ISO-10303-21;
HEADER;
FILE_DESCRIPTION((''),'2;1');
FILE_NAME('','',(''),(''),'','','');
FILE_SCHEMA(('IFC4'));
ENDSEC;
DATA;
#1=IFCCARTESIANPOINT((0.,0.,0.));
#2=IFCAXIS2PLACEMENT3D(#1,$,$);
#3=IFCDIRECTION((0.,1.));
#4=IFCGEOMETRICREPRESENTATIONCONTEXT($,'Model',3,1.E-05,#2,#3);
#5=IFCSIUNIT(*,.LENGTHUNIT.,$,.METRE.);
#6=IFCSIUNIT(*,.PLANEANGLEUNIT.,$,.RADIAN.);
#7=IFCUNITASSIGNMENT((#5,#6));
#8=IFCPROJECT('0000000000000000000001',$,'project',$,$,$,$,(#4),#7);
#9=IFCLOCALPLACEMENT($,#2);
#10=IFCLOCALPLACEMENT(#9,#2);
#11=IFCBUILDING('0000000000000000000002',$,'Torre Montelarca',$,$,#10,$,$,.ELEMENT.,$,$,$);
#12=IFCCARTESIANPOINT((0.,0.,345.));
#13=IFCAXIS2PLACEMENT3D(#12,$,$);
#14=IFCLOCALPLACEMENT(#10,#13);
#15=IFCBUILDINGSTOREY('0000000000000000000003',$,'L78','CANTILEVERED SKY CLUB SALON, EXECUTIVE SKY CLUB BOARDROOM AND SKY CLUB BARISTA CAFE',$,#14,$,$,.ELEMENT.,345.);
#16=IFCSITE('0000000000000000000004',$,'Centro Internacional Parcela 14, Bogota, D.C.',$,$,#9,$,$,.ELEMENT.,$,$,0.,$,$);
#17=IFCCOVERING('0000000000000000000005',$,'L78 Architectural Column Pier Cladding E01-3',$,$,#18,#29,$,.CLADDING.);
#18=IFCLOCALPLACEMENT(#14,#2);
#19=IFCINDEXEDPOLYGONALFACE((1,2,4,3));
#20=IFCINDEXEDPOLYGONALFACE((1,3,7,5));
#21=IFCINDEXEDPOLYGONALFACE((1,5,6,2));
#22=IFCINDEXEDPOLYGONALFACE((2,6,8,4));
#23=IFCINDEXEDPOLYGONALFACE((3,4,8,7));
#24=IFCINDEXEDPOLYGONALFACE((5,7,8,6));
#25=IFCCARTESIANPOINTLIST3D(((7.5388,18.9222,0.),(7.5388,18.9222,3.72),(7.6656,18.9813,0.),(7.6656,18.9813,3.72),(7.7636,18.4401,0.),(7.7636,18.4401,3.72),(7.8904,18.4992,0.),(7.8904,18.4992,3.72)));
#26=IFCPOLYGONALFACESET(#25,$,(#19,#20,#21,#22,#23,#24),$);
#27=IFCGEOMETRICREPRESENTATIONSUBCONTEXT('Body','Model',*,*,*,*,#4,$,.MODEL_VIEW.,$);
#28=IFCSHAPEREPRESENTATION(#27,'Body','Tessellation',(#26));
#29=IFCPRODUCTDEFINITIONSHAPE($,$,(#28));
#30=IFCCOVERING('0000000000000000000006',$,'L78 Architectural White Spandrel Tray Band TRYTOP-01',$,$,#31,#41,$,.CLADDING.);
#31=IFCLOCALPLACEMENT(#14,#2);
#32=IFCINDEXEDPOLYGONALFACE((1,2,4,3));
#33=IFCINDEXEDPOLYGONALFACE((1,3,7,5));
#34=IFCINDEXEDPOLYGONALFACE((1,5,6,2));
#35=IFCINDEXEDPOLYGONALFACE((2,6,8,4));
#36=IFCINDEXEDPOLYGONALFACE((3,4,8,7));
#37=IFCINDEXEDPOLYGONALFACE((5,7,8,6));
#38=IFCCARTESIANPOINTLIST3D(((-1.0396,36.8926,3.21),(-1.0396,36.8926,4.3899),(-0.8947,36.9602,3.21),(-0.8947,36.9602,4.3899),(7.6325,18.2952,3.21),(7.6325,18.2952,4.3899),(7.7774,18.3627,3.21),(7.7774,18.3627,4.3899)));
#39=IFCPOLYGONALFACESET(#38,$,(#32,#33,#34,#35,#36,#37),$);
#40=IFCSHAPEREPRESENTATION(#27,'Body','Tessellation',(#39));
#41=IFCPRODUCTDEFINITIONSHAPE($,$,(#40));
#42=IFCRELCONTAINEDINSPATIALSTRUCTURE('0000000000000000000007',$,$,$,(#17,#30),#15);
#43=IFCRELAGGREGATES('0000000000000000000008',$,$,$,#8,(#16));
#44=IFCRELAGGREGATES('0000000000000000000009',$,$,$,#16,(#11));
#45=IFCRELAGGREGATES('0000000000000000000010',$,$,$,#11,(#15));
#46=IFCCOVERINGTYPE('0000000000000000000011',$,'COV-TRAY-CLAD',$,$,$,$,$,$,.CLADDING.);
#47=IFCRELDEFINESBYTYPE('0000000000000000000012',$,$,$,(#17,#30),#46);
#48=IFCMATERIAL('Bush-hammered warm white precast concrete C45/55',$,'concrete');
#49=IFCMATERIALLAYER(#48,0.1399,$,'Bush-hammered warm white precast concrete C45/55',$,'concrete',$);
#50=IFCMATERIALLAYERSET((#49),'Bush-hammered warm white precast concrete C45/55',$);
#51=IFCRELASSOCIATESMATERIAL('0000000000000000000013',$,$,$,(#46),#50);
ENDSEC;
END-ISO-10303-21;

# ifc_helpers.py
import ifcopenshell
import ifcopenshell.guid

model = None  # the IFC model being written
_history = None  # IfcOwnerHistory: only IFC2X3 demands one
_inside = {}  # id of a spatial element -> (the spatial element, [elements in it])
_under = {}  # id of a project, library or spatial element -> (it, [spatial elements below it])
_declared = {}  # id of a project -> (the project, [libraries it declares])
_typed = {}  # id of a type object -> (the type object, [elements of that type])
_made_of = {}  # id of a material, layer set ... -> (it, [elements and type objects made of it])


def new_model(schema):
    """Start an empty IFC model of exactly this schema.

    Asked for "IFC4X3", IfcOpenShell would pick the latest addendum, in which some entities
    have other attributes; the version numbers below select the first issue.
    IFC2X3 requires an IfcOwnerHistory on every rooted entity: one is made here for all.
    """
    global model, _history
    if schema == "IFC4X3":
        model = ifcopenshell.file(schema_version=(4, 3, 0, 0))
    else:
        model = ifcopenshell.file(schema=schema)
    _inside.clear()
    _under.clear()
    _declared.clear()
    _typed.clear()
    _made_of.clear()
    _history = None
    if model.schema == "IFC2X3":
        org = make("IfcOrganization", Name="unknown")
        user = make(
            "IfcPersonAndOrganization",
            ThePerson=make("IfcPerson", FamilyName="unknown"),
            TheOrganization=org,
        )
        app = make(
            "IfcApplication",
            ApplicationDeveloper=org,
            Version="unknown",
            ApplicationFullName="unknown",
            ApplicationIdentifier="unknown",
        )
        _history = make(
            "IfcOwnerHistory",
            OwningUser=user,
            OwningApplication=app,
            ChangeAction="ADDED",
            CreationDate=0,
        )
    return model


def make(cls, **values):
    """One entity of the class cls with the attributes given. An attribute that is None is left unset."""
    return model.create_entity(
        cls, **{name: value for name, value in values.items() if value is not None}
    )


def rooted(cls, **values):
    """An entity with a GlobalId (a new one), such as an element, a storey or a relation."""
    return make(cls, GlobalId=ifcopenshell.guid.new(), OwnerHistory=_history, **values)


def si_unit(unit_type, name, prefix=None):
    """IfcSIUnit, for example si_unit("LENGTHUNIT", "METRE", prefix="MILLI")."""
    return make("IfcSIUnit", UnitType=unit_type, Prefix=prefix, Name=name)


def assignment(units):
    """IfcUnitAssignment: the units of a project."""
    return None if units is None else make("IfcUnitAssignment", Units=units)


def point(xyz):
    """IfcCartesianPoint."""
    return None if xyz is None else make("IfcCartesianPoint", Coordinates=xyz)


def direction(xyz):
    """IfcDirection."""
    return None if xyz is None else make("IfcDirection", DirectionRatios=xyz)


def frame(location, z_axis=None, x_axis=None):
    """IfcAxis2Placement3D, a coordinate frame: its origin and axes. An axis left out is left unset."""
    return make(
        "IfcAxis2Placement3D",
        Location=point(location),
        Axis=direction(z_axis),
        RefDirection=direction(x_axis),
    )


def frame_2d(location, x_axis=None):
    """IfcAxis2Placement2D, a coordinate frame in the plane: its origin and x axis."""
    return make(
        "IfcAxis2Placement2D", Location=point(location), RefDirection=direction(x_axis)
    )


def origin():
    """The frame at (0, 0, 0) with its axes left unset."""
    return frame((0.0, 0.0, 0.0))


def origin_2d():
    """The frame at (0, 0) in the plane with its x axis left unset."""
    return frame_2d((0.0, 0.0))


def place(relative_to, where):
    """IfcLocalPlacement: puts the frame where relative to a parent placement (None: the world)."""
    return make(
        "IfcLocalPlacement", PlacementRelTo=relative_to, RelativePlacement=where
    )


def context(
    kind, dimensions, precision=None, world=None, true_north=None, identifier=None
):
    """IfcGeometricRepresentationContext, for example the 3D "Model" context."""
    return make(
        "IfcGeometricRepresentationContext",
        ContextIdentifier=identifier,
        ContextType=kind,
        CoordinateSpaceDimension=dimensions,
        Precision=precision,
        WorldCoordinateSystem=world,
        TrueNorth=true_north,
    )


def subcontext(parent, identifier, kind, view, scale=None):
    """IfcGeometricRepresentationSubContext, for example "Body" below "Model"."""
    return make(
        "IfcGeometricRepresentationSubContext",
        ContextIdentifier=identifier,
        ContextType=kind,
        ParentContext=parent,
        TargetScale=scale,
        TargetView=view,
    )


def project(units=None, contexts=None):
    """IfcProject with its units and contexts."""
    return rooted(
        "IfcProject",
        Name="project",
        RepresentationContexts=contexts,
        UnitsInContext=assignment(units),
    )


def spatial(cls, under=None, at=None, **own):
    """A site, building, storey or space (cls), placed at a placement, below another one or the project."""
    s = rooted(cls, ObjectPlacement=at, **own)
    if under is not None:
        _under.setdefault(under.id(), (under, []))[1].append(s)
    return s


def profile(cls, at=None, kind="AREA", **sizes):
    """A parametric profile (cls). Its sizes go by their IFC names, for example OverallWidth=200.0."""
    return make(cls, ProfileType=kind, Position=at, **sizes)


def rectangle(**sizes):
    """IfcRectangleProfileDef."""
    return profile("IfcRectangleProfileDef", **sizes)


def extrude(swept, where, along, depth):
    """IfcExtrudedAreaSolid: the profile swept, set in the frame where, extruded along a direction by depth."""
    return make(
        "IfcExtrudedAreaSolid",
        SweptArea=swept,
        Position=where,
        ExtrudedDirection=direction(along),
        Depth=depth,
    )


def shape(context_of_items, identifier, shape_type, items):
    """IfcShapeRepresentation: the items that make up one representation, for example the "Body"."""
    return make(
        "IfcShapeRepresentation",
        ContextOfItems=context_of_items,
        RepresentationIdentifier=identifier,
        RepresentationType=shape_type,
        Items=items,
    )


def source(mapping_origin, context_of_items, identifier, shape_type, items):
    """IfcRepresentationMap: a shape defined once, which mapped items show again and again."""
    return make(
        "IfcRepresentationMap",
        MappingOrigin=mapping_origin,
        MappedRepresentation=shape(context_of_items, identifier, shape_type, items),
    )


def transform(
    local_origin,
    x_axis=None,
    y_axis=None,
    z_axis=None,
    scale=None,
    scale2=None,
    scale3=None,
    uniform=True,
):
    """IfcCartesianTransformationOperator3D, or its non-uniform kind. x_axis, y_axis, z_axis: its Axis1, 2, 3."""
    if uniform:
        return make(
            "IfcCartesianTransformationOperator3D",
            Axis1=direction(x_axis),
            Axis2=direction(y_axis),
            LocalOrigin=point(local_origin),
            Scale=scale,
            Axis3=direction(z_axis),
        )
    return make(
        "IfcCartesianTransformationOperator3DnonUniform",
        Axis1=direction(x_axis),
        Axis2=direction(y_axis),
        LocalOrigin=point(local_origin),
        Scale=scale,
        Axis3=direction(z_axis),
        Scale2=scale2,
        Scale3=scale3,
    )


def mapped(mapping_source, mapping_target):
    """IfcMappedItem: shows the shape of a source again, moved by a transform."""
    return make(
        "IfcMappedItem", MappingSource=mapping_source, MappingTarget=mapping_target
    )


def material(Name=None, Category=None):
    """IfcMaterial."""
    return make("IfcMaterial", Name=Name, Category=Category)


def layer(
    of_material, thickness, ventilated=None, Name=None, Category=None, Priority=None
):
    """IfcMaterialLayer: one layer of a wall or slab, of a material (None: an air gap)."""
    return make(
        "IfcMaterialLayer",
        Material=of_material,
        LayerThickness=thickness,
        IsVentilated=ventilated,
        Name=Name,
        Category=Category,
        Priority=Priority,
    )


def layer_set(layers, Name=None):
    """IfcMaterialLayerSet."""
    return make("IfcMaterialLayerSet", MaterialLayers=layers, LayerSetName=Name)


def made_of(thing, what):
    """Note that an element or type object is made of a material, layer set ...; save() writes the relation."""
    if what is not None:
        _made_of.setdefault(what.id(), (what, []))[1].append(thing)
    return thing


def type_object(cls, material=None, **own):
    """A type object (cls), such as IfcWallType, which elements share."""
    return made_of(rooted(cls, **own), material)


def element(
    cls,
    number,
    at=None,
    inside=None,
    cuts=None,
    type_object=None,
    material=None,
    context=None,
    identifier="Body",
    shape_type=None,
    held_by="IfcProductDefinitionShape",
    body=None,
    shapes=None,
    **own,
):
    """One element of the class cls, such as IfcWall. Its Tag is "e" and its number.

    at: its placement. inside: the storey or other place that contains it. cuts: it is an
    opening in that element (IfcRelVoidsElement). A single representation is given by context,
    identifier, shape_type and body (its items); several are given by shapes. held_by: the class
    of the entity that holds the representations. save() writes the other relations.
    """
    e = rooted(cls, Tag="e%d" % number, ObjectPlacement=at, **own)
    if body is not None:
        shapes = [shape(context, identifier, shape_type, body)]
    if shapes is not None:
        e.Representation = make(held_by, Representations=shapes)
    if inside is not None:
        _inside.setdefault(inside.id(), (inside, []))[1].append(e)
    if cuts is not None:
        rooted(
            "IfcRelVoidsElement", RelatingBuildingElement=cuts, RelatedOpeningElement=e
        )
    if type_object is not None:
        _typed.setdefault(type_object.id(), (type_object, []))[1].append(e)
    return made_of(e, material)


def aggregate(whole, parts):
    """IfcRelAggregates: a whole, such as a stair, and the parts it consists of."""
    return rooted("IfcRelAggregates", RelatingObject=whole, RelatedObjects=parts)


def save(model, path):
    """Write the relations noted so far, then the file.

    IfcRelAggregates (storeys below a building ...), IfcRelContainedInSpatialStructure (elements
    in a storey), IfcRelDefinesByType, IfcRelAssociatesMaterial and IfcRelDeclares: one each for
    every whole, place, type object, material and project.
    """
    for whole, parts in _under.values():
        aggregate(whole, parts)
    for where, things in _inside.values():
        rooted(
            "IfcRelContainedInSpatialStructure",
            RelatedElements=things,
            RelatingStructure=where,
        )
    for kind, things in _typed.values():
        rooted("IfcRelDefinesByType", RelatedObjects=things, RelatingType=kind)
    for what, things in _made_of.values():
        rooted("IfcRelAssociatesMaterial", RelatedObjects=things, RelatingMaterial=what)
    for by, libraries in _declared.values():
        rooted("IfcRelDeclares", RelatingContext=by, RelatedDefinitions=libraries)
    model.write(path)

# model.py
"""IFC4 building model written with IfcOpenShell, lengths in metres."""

from ifc_helpers import new_model, si_unit, direction, frame, origin, origin_2d, place, context, subcontext, project, spatial, rectangle, extrude, source, transform, mapped, material, layer, layer_set, type_object, element, save


model = new_model("IFC4")

# Units and contexts
model_context = context("Model", 3, precision=1e-05, world=origin(), true_north=direction((0.0, 1.0)))
body_context = subcontext(model_context, "Body", "Model", "MODEL_VIEW")
ifc_project = project(units=[si_unit("LENGTHUNIT", "METRE"), si_unit("PLANEANGLEUNIT", "RADIAN")], contexts=[model_context])

# Site, building, storey
site_placement = place(None, origin())
site = spatial("IfcSite", under=ifc_project, at=site_placement, Name="Centro Internacional Parcela 14, Bogota, D.C.", CompositionType="ELEMENT", RefElevation=0.0)
building_placement = place(site_placement, origin())
building = spatial("IfcBuilding", under=site, at=building_placement, Name="Torre Montelarca", CompositionType="ELEMENT")
storey_placement = place(building_placement, frame((0.0, 0.0, 345.0)))
storey = spatial("IfcBuildingStorey", under=building, at=storey_placement, Name="L78", Description="CANTILEVERED SKY CLUB SALON, EXECUTIVE SKY CLUB BOARDROOM AND SKY CLUB BARISTA CAFE", CompositionType="ELEMENT", Elevation=345.0)

# Coverings
ifc_material_1 = material(Name="Bush-hammered warm white precast concrete C45/55", Category="concrete")
ifc_layer_1 = layer(ifc_material_1, 0.1399, Name="Bush-hammered warm white precast concrete C45/55", Category="concrete")
ifc_layer_set_1 = layer_set([ifc_layer_1], Name="Bush-hammered warm white precast concrete C45/55")
covering_type = type_object("IfcCoveringType", Name="COV-TRAY-CLAD", PredefinedType="CLADDING", material=ifc_layer_set_1)
shared_shape_1 = source(origin(), body_context, "Body", "SweptSolid", [
    extrude(rectangle(XDim=0.532, YDim=0.1399, at=origin_2d()), origin(), (0.0, 0.0, 1.0), 3.72),
])
covering_1_placement = place(storey_placement, frame((7.7146, 18.7107, 0.0), z_axis=(0.0, 0.0, 1.0), x_axis=(0.422617, -0.906309, 0.0)))
element("IfcCovering", 1, at=covering_1_placement, inside=storey, type_object=covering_type, Name="L78 Architectural Column Pier Cladding E01-3", PredefinedType="CLADDING", context=body_context, shape_type="MappedRepresentation", body=[
    mapped(shared_shape_1, transform((0.0, 0.0, 0.0), scale=1.0)),
])
shared_shape_2 = source(origin(), body_context, "Body", "SweptSolid", [
    extrude(rectangle(XDim=20.52, YDim=0.1599, at=origin_2d()), origin(), (0.0, 0.0, 1.0), 1.1799),
])
covering_2_placement = place(storey_placement, frame((3.3689, 27.6277, 3.21), z_axis=(0.0, 0.0, 1.0), x_axis=(0.422617, -0.906309, 0.0)))
element("IfcCovering", 2, at=covering_2_placement, inside=storey, type_object=covering_type, Name="L78 Architectural White Spandrel Tray Band TRYTOP-01", PredefinedType="CLADDING", context=body_context, shape_type="MappedRepresentation", body=[
    mapped(shared_shape_2, transform((0.0, 0.0, 0.0), scale=1.0)),
])

save(model, "model.ifc")
